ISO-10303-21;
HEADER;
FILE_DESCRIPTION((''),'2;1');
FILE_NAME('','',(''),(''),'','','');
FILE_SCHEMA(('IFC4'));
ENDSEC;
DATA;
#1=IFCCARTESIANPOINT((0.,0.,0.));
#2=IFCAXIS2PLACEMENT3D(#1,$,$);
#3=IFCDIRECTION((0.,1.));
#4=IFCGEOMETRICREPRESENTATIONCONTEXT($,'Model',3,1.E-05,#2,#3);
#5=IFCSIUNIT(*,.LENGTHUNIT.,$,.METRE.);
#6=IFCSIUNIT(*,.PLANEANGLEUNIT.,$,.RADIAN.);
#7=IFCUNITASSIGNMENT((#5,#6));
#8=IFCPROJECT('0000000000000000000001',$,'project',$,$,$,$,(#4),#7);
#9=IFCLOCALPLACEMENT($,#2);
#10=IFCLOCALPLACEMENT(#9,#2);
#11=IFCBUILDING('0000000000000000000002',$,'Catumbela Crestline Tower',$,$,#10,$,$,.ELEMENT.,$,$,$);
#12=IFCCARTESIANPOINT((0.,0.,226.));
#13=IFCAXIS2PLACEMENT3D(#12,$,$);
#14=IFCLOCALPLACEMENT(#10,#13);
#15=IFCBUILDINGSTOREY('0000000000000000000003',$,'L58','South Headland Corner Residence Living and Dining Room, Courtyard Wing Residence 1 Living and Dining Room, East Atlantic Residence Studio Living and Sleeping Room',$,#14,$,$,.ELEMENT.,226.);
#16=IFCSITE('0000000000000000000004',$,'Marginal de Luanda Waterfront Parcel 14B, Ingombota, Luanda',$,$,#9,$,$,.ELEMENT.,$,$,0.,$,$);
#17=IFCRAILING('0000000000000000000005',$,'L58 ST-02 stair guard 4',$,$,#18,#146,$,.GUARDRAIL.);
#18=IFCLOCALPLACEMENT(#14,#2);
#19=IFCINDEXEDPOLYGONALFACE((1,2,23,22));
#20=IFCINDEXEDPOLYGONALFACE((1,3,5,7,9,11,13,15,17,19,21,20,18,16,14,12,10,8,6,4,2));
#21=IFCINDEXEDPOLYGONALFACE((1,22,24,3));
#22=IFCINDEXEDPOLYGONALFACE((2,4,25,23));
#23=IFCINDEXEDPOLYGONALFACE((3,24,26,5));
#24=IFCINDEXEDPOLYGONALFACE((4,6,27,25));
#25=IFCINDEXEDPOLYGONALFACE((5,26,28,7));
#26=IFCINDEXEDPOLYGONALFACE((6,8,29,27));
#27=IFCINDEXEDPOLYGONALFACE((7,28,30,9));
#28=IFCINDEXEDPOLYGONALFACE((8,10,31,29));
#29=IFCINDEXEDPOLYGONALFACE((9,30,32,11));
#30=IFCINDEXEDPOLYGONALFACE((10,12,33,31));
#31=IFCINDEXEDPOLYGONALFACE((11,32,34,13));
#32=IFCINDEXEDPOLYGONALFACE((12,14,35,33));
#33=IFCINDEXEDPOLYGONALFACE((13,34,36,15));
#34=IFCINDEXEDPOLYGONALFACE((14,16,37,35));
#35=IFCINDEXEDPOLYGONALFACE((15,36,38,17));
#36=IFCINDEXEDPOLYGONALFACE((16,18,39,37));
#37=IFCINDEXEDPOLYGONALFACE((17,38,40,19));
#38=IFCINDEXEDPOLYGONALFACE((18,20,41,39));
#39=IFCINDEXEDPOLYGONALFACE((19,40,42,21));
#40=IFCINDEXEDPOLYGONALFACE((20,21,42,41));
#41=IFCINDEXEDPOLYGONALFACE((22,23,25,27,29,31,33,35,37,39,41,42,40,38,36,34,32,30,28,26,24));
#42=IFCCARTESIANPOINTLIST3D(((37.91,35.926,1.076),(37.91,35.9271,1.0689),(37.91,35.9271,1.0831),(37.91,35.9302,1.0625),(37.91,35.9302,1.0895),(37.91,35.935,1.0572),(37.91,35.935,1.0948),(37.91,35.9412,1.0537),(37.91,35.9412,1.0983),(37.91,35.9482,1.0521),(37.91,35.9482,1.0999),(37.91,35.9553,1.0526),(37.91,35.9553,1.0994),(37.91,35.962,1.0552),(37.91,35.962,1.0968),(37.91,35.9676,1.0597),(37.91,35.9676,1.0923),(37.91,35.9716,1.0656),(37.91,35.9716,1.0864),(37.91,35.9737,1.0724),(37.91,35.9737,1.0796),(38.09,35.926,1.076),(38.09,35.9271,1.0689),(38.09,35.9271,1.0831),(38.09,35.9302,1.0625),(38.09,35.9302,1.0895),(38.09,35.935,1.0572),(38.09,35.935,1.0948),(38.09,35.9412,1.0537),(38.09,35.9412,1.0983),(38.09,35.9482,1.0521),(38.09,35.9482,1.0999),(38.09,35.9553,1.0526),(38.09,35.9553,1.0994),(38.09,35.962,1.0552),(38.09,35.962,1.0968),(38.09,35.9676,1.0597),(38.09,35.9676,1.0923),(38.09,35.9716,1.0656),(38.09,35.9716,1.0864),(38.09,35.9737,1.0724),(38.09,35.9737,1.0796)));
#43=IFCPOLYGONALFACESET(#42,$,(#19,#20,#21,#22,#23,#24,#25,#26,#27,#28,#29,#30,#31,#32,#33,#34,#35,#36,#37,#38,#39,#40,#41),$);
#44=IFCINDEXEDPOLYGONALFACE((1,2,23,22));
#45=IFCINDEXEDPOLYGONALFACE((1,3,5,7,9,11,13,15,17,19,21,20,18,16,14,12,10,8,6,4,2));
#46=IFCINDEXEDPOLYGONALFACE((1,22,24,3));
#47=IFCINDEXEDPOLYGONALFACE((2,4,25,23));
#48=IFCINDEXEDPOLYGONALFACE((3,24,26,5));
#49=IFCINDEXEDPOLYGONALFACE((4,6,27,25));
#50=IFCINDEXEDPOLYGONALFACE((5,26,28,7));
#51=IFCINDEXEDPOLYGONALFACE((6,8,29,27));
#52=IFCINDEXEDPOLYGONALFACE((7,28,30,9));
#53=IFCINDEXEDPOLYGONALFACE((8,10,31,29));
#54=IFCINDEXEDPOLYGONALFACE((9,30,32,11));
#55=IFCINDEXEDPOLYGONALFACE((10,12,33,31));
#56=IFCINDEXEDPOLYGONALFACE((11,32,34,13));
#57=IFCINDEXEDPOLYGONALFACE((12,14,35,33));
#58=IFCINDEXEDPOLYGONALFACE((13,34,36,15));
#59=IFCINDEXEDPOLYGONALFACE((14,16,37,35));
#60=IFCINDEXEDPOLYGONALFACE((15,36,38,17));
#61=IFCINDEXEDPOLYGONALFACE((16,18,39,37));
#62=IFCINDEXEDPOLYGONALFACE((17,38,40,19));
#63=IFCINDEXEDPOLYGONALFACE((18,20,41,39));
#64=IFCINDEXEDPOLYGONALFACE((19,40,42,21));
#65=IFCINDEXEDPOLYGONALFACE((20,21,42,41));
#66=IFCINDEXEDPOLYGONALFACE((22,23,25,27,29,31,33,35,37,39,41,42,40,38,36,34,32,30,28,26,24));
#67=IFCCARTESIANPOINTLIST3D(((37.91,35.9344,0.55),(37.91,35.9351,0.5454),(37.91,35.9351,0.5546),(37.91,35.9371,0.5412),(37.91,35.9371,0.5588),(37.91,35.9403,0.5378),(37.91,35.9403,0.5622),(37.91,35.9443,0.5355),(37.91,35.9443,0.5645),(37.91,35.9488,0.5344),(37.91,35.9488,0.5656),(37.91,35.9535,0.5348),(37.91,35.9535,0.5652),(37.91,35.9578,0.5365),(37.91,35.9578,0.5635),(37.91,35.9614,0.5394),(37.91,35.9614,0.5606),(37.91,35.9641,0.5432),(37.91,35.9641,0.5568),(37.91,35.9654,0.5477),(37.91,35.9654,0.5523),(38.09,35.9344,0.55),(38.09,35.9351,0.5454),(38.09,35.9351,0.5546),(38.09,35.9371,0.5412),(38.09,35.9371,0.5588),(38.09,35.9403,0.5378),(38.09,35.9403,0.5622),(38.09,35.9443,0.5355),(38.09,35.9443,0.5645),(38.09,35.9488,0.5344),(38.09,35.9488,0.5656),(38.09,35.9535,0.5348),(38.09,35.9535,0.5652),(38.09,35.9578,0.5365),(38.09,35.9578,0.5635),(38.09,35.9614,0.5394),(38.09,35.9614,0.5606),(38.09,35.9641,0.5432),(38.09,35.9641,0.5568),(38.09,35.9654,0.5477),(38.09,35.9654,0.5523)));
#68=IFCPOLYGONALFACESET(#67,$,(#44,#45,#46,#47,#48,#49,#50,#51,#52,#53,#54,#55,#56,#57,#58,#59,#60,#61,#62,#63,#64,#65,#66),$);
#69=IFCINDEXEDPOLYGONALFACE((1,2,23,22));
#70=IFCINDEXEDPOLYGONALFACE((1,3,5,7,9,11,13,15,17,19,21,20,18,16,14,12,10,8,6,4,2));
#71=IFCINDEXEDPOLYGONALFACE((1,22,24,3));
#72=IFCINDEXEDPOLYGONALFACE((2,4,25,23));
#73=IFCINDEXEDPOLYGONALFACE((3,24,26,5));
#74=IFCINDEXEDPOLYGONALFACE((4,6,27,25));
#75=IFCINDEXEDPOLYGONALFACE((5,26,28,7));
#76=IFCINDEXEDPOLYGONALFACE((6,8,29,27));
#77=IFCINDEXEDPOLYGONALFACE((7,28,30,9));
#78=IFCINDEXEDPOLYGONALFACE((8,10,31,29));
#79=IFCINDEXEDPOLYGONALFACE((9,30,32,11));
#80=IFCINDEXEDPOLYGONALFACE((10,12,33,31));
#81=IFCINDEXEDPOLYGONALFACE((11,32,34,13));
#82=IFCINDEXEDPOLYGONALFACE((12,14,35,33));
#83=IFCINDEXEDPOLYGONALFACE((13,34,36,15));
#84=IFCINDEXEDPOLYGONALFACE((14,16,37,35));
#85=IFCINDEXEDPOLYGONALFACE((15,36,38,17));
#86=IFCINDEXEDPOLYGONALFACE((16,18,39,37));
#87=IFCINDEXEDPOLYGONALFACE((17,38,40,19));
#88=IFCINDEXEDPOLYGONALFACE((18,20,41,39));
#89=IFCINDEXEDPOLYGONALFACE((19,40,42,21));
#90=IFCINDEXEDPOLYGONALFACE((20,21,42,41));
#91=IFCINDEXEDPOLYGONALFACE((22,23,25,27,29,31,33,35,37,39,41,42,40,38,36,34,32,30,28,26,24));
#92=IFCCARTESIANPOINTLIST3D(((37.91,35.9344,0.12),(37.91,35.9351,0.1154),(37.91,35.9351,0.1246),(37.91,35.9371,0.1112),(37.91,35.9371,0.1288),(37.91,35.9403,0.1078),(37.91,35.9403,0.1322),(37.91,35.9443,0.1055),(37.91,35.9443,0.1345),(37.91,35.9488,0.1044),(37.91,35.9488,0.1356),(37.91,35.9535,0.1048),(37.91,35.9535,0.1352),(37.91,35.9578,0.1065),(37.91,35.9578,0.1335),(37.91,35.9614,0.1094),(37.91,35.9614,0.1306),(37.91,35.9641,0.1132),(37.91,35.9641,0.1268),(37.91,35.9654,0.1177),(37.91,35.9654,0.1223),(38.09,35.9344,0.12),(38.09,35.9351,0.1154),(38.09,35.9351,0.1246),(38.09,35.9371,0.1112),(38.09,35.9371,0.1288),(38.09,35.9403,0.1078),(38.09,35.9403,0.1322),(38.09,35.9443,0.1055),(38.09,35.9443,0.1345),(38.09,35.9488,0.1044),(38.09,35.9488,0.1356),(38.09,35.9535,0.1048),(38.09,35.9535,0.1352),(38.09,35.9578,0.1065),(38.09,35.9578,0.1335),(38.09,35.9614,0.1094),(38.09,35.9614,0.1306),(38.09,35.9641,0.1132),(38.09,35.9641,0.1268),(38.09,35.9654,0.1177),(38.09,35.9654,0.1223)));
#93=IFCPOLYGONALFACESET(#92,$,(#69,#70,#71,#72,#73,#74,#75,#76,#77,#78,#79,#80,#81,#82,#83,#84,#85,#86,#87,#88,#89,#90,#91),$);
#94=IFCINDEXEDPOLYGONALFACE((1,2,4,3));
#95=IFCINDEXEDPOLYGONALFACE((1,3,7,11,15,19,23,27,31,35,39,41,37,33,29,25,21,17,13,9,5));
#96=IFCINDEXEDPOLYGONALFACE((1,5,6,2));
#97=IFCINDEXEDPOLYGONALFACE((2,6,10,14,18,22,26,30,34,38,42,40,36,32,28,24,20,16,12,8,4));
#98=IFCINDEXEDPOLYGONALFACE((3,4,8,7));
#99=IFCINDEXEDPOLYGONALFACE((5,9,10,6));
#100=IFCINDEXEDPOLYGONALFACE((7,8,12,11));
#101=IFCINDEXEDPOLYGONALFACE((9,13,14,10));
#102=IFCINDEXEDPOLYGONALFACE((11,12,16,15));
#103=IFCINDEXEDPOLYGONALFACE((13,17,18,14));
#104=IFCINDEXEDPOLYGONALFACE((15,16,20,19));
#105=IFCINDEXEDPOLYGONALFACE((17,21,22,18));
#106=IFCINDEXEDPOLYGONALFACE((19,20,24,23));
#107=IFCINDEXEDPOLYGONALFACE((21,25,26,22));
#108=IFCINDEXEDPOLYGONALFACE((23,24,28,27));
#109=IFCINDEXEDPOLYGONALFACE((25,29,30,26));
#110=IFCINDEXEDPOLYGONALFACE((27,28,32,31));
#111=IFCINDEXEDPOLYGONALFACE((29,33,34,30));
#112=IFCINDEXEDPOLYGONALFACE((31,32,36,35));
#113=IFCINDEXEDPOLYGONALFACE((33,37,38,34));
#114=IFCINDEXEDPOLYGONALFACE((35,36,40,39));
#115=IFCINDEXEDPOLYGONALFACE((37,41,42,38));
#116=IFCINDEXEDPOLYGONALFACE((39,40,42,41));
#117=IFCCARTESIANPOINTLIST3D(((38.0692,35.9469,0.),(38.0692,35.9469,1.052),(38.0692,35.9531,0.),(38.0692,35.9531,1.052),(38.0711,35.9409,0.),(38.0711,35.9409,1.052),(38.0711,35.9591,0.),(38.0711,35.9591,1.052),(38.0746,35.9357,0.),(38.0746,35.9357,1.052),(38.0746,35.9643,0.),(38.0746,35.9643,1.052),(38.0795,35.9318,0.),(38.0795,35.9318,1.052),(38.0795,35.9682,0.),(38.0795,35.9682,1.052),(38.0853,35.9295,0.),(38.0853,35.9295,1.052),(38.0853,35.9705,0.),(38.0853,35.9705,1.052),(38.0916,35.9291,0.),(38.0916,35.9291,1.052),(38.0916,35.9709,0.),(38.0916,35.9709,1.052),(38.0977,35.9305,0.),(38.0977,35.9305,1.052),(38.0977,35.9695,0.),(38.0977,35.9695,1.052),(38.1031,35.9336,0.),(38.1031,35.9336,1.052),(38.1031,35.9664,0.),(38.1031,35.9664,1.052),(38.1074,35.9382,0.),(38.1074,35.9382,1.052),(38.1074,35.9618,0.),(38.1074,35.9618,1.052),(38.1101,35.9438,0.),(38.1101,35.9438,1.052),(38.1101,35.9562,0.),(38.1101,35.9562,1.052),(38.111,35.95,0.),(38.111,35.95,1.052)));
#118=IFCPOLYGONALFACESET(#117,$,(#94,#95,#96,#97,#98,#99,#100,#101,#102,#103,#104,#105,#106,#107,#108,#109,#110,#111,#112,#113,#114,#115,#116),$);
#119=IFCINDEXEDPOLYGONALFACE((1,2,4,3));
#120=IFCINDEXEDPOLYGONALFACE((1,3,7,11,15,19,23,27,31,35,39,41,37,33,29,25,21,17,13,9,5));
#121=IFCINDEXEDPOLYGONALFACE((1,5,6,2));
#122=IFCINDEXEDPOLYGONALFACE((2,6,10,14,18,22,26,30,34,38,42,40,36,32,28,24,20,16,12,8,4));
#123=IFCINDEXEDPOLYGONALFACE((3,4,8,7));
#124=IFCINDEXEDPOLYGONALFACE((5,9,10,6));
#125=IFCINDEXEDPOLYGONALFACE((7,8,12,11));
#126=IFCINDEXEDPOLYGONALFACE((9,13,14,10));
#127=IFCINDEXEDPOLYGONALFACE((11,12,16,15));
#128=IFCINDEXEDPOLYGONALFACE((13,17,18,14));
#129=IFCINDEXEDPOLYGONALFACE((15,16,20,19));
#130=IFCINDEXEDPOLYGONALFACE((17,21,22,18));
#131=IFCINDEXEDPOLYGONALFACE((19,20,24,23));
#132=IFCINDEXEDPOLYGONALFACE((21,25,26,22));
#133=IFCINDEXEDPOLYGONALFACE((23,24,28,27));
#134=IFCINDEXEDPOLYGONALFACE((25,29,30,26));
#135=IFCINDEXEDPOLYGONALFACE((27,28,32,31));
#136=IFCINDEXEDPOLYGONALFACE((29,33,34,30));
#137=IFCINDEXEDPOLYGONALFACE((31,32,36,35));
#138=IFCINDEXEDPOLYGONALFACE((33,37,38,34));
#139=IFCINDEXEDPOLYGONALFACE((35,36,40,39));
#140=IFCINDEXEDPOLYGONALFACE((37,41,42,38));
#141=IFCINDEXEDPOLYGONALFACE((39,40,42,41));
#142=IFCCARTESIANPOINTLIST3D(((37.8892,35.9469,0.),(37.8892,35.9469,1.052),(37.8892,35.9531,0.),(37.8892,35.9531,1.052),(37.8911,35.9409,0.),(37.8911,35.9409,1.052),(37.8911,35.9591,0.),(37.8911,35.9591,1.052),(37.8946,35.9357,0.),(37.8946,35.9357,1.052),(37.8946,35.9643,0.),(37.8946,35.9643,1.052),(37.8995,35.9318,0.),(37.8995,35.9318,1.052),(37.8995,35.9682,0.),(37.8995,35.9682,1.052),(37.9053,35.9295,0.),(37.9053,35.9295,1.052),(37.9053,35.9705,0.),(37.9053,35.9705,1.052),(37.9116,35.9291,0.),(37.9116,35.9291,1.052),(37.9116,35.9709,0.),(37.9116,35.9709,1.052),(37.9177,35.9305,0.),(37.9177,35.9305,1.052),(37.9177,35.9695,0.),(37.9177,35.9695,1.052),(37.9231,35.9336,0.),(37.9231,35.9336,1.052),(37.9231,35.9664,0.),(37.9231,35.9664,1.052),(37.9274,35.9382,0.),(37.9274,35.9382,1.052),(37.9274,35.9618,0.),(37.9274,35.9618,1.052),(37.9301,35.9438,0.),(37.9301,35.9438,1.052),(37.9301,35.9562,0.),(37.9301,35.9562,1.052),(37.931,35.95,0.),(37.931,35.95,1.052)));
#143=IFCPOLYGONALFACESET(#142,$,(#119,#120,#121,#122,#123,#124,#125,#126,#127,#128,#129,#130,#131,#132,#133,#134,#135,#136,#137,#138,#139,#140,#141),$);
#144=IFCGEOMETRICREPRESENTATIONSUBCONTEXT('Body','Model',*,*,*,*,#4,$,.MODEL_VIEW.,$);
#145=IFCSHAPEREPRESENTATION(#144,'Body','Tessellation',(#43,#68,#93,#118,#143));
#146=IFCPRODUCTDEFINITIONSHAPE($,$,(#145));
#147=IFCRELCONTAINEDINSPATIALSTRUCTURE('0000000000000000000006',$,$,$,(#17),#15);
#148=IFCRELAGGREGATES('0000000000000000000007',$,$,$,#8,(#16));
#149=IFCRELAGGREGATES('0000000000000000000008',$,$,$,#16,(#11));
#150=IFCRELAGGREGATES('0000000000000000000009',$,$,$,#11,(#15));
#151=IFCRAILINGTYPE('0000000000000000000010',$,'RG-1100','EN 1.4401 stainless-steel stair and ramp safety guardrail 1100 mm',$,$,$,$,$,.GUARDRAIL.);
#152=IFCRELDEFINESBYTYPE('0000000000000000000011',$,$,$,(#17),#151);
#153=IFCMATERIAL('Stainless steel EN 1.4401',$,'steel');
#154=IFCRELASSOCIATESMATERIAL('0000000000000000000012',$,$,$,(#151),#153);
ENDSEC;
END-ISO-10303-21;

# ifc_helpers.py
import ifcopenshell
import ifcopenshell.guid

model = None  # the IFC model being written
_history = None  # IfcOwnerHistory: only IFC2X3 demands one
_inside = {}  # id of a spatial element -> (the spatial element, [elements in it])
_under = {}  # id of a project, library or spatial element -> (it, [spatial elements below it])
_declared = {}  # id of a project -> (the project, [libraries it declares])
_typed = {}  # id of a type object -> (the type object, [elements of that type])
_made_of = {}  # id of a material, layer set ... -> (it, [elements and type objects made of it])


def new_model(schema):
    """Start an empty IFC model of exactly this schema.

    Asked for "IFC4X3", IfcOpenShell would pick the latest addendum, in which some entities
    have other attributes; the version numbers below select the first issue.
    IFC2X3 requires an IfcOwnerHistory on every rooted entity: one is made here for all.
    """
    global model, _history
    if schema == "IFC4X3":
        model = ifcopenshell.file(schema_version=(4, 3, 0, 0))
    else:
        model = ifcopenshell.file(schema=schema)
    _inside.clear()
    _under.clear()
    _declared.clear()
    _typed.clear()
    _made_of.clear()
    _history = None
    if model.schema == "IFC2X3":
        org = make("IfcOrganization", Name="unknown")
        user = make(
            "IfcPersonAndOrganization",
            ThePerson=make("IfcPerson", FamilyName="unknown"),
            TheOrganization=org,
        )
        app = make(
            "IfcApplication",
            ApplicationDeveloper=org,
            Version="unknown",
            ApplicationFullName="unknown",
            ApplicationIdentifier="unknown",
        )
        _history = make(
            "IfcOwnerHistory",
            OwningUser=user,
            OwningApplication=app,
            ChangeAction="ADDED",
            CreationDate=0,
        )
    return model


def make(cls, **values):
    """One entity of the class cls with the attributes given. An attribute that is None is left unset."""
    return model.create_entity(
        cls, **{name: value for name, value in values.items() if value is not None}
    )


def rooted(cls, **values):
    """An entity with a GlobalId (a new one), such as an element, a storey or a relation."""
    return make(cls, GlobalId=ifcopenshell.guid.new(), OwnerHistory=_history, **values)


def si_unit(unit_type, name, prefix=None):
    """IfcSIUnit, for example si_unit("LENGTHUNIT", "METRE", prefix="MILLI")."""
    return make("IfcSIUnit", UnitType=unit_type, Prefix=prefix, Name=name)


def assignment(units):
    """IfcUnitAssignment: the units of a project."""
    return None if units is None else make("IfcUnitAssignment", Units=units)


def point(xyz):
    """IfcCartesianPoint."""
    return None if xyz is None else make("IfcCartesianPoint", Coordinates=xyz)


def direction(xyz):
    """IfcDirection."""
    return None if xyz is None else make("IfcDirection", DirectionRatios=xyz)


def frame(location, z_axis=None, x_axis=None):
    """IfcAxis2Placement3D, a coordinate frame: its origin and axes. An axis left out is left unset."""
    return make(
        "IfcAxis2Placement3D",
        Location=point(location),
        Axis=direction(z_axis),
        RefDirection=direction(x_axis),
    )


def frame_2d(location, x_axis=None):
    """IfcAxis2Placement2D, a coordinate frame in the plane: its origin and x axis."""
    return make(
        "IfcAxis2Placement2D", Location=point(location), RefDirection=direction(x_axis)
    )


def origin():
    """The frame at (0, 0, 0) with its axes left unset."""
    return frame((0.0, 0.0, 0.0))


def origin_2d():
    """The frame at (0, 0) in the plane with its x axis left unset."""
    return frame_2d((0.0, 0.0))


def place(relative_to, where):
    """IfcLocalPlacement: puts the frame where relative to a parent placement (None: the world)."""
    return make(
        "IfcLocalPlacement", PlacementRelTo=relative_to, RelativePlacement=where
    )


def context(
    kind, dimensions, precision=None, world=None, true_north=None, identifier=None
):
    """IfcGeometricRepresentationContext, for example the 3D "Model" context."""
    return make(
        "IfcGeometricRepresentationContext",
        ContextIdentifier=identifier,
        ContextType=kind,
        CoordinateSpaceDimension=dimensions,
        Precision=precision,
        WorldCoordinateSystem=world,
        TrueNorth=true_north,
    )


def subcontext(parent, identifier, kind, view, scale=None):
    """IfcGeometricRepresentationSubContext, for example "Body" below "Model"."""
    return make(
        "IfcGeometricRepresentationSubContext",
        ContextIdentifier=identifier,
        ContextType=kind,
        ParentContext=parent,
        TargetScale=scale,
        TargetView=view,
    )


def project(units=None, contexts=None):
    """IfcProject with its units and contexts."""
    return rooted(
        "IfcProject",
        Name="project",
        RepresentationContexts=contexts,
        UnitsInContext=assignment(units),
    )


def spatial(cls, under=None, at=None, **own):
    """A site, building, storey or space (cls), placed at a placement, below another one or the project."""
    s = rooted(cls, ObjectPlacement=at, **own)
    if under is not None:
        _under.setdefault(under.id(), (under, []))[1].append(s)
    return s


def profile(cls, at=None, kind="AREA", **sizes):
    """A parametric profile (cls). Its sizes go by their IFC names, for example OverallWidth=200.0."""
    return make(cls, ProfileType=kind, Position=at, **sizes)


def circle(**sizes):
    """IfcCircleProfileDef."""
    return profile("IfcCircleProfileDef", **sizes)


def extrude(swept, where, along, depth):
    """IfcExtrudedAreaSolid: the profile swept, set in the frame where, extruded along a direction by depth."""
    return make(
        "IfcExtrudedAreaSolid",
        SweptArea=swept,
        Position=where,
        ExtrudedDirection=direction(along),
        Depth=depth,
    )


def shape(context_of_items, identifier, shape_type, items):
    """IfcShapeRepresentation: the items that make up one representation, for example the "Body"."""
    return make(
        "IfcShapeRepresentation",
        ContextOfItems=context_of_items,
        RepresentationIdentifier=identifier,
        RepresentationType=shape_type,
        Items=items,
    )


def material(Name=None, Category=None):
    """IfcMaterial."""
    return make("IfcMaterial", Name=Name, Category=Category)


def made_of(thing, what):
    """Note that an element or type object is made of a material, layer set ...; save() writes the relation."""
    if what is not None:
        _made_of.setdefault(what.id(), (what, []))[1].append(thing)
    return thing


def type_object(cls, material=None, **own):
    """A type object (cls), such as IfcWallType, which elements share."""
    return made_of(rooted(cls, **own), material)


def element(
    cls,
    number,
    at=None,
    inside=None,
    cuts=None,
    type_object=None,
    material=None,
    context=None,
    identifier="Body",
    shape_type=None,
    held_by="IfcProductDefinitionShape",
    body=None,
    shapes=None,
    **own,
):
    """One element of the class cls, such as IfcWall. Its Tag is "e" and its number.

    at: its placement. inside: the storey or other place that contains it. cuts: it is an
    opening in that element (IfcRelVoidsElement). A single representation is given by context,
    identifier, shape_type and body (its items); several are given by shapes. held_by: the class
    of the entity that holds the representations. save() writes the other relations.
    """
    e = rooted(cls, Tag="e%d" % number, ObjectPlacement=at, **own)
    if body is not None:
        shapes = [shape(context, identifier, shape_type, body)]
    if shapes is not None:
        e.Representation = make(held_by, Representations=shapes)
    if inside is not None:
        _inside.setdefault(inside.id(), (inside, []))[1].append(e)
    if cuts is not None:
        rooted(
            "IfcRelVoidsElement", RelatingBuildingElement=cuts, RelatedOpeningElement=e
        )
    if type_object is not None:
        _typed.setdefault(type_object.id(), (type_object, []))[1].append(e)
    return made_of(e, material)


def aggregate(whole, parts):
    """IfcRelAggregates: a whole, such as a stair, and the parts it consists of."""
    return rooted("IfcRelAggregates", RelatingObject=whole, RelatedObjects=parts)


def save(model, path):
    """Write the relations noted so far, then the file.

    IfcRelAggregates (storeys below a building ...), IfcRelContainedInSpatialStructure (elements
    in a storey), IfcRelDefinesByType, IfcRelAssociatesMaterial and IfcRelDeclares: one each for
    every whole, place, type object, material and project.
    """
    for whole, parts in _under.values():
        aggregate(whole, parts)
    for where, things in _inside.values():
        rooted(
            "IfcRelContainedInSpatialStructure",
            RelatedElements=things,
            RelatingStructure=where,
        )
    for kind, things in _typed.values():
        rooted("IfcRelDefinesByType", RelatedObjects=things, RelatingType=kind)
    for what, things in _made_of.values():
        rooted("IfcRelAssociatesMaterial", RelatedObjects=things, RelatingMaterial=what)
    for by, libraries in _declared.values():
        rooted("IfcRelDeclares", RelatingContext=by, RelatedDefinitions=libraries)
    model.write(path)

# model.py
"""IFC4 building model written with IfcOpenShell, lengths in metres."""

from ifc_helpers import new_model, si_unit, direction, frame, origin, origin_2d, place, context, subcontext, project, spatial, circle, extrude, material, type_object, element, save


model = new_model("IFC4")

# Units and contexts
model_context = context("Model", 3, precision=1e-05, world=origin(), true_north=direction((0.0, 1.0)))
body_context = subcontext(model_context, "Body", "Model", "MODEL_VIEW")
ifc_project = project(units=[si_unit("LENGTHUNIT", "METRE"), si_unit("PLANEANGLEUNIT", "RADIAN")], contexts=[model_context])

# Site, building, storey
site_placement = place(None, origin())
site = spatial("IfcSite", under=ifc_project, at=site_placement, Name="Marginal de Luanda Waterfront Parcel 14B, Ingombota, Luanda", CompositionType="ELEMENT", RefElevation=0.0)
building_placement = place(site_placement, origin())
building = spatial("IfcBuilding", under=site, at=building_placement, Name="Catumbela Crestline Tower", CompositionType="ELEMENT")
storey_placement = place(building_placement, frame((0.0, 0.0, 226.0)))
storey = spatial("IfcBuildingStorey", under=building, at=storey_placement, Name="L58", Description="South Headland Corner Residence Living and Dining Room, Courtyard Wing Residence 1 Living and Dining Room, East Atlantic Residence Studio Living and Sleeping Room", CompositionType="ELEMENT", Elevation=226.0)

# Railing
ifc_material_1 = material(Name="Stainless steel EN 1.4401", Category="steel")
railing_type_1 = type_object("IfcRailingType", Name="RG-1100", Description="EN 1.4401 stainless-steel stair and ramp safety guardrail 1100 mm", PredefinedType="GUARDRAIL", material=ifc_material_1)
railing_1_placement = place(storey_placement, frame((38.09, 35.95, 0.0)))
element("IfcRailing", 1, at=railing_1_placement, inside=storey, type_object=railing_type_1, Name="L58 ST-02 stair guard 4", PredefinedType="GUARDRAIL", context=body_context, shape_type="SweptSolid", body=[
    extrude(circle(Radius=0.024, at=origin_2d()), frame((0.0, 0.0, 1.076), z_axis=(-1.0, 0.0, 0.0), x_axis=(0.0, -1.0, 0.0)), (0.0, 0.0, 1.0), 0.18),
    extrude(circle(Radius=0.0156, at=origin_2d()), frame((0.0, 0.0, 0.55), z_axis=(-1.0, 0.0, 0.0), x_axis=(0.0, -1.0, 0.0)), (0.0, 0.0, 1.0), 0.18),
    extrude(circle(Radius=0.0156, at=origin_2d()), frame((0.0, 0.0, 0.12), z_axis=(-1.0, 0.0, 0.0), x_axis=(0.0, -1.0, 0.0)), (0.0, 0.0, 1.0), 0.18),
    extrude(circle(Radius=0.021, at=origin_2d()), origin(), (0.0, 0.0, 1.0), 1.052),
    extrude(circle(Radius=0.021, at=origin_2d()), frame((-0.18, 0.0, 0.0)), (0.0, 0.0, 1.0), 1.052),
])

save(model, "model.ifc")
